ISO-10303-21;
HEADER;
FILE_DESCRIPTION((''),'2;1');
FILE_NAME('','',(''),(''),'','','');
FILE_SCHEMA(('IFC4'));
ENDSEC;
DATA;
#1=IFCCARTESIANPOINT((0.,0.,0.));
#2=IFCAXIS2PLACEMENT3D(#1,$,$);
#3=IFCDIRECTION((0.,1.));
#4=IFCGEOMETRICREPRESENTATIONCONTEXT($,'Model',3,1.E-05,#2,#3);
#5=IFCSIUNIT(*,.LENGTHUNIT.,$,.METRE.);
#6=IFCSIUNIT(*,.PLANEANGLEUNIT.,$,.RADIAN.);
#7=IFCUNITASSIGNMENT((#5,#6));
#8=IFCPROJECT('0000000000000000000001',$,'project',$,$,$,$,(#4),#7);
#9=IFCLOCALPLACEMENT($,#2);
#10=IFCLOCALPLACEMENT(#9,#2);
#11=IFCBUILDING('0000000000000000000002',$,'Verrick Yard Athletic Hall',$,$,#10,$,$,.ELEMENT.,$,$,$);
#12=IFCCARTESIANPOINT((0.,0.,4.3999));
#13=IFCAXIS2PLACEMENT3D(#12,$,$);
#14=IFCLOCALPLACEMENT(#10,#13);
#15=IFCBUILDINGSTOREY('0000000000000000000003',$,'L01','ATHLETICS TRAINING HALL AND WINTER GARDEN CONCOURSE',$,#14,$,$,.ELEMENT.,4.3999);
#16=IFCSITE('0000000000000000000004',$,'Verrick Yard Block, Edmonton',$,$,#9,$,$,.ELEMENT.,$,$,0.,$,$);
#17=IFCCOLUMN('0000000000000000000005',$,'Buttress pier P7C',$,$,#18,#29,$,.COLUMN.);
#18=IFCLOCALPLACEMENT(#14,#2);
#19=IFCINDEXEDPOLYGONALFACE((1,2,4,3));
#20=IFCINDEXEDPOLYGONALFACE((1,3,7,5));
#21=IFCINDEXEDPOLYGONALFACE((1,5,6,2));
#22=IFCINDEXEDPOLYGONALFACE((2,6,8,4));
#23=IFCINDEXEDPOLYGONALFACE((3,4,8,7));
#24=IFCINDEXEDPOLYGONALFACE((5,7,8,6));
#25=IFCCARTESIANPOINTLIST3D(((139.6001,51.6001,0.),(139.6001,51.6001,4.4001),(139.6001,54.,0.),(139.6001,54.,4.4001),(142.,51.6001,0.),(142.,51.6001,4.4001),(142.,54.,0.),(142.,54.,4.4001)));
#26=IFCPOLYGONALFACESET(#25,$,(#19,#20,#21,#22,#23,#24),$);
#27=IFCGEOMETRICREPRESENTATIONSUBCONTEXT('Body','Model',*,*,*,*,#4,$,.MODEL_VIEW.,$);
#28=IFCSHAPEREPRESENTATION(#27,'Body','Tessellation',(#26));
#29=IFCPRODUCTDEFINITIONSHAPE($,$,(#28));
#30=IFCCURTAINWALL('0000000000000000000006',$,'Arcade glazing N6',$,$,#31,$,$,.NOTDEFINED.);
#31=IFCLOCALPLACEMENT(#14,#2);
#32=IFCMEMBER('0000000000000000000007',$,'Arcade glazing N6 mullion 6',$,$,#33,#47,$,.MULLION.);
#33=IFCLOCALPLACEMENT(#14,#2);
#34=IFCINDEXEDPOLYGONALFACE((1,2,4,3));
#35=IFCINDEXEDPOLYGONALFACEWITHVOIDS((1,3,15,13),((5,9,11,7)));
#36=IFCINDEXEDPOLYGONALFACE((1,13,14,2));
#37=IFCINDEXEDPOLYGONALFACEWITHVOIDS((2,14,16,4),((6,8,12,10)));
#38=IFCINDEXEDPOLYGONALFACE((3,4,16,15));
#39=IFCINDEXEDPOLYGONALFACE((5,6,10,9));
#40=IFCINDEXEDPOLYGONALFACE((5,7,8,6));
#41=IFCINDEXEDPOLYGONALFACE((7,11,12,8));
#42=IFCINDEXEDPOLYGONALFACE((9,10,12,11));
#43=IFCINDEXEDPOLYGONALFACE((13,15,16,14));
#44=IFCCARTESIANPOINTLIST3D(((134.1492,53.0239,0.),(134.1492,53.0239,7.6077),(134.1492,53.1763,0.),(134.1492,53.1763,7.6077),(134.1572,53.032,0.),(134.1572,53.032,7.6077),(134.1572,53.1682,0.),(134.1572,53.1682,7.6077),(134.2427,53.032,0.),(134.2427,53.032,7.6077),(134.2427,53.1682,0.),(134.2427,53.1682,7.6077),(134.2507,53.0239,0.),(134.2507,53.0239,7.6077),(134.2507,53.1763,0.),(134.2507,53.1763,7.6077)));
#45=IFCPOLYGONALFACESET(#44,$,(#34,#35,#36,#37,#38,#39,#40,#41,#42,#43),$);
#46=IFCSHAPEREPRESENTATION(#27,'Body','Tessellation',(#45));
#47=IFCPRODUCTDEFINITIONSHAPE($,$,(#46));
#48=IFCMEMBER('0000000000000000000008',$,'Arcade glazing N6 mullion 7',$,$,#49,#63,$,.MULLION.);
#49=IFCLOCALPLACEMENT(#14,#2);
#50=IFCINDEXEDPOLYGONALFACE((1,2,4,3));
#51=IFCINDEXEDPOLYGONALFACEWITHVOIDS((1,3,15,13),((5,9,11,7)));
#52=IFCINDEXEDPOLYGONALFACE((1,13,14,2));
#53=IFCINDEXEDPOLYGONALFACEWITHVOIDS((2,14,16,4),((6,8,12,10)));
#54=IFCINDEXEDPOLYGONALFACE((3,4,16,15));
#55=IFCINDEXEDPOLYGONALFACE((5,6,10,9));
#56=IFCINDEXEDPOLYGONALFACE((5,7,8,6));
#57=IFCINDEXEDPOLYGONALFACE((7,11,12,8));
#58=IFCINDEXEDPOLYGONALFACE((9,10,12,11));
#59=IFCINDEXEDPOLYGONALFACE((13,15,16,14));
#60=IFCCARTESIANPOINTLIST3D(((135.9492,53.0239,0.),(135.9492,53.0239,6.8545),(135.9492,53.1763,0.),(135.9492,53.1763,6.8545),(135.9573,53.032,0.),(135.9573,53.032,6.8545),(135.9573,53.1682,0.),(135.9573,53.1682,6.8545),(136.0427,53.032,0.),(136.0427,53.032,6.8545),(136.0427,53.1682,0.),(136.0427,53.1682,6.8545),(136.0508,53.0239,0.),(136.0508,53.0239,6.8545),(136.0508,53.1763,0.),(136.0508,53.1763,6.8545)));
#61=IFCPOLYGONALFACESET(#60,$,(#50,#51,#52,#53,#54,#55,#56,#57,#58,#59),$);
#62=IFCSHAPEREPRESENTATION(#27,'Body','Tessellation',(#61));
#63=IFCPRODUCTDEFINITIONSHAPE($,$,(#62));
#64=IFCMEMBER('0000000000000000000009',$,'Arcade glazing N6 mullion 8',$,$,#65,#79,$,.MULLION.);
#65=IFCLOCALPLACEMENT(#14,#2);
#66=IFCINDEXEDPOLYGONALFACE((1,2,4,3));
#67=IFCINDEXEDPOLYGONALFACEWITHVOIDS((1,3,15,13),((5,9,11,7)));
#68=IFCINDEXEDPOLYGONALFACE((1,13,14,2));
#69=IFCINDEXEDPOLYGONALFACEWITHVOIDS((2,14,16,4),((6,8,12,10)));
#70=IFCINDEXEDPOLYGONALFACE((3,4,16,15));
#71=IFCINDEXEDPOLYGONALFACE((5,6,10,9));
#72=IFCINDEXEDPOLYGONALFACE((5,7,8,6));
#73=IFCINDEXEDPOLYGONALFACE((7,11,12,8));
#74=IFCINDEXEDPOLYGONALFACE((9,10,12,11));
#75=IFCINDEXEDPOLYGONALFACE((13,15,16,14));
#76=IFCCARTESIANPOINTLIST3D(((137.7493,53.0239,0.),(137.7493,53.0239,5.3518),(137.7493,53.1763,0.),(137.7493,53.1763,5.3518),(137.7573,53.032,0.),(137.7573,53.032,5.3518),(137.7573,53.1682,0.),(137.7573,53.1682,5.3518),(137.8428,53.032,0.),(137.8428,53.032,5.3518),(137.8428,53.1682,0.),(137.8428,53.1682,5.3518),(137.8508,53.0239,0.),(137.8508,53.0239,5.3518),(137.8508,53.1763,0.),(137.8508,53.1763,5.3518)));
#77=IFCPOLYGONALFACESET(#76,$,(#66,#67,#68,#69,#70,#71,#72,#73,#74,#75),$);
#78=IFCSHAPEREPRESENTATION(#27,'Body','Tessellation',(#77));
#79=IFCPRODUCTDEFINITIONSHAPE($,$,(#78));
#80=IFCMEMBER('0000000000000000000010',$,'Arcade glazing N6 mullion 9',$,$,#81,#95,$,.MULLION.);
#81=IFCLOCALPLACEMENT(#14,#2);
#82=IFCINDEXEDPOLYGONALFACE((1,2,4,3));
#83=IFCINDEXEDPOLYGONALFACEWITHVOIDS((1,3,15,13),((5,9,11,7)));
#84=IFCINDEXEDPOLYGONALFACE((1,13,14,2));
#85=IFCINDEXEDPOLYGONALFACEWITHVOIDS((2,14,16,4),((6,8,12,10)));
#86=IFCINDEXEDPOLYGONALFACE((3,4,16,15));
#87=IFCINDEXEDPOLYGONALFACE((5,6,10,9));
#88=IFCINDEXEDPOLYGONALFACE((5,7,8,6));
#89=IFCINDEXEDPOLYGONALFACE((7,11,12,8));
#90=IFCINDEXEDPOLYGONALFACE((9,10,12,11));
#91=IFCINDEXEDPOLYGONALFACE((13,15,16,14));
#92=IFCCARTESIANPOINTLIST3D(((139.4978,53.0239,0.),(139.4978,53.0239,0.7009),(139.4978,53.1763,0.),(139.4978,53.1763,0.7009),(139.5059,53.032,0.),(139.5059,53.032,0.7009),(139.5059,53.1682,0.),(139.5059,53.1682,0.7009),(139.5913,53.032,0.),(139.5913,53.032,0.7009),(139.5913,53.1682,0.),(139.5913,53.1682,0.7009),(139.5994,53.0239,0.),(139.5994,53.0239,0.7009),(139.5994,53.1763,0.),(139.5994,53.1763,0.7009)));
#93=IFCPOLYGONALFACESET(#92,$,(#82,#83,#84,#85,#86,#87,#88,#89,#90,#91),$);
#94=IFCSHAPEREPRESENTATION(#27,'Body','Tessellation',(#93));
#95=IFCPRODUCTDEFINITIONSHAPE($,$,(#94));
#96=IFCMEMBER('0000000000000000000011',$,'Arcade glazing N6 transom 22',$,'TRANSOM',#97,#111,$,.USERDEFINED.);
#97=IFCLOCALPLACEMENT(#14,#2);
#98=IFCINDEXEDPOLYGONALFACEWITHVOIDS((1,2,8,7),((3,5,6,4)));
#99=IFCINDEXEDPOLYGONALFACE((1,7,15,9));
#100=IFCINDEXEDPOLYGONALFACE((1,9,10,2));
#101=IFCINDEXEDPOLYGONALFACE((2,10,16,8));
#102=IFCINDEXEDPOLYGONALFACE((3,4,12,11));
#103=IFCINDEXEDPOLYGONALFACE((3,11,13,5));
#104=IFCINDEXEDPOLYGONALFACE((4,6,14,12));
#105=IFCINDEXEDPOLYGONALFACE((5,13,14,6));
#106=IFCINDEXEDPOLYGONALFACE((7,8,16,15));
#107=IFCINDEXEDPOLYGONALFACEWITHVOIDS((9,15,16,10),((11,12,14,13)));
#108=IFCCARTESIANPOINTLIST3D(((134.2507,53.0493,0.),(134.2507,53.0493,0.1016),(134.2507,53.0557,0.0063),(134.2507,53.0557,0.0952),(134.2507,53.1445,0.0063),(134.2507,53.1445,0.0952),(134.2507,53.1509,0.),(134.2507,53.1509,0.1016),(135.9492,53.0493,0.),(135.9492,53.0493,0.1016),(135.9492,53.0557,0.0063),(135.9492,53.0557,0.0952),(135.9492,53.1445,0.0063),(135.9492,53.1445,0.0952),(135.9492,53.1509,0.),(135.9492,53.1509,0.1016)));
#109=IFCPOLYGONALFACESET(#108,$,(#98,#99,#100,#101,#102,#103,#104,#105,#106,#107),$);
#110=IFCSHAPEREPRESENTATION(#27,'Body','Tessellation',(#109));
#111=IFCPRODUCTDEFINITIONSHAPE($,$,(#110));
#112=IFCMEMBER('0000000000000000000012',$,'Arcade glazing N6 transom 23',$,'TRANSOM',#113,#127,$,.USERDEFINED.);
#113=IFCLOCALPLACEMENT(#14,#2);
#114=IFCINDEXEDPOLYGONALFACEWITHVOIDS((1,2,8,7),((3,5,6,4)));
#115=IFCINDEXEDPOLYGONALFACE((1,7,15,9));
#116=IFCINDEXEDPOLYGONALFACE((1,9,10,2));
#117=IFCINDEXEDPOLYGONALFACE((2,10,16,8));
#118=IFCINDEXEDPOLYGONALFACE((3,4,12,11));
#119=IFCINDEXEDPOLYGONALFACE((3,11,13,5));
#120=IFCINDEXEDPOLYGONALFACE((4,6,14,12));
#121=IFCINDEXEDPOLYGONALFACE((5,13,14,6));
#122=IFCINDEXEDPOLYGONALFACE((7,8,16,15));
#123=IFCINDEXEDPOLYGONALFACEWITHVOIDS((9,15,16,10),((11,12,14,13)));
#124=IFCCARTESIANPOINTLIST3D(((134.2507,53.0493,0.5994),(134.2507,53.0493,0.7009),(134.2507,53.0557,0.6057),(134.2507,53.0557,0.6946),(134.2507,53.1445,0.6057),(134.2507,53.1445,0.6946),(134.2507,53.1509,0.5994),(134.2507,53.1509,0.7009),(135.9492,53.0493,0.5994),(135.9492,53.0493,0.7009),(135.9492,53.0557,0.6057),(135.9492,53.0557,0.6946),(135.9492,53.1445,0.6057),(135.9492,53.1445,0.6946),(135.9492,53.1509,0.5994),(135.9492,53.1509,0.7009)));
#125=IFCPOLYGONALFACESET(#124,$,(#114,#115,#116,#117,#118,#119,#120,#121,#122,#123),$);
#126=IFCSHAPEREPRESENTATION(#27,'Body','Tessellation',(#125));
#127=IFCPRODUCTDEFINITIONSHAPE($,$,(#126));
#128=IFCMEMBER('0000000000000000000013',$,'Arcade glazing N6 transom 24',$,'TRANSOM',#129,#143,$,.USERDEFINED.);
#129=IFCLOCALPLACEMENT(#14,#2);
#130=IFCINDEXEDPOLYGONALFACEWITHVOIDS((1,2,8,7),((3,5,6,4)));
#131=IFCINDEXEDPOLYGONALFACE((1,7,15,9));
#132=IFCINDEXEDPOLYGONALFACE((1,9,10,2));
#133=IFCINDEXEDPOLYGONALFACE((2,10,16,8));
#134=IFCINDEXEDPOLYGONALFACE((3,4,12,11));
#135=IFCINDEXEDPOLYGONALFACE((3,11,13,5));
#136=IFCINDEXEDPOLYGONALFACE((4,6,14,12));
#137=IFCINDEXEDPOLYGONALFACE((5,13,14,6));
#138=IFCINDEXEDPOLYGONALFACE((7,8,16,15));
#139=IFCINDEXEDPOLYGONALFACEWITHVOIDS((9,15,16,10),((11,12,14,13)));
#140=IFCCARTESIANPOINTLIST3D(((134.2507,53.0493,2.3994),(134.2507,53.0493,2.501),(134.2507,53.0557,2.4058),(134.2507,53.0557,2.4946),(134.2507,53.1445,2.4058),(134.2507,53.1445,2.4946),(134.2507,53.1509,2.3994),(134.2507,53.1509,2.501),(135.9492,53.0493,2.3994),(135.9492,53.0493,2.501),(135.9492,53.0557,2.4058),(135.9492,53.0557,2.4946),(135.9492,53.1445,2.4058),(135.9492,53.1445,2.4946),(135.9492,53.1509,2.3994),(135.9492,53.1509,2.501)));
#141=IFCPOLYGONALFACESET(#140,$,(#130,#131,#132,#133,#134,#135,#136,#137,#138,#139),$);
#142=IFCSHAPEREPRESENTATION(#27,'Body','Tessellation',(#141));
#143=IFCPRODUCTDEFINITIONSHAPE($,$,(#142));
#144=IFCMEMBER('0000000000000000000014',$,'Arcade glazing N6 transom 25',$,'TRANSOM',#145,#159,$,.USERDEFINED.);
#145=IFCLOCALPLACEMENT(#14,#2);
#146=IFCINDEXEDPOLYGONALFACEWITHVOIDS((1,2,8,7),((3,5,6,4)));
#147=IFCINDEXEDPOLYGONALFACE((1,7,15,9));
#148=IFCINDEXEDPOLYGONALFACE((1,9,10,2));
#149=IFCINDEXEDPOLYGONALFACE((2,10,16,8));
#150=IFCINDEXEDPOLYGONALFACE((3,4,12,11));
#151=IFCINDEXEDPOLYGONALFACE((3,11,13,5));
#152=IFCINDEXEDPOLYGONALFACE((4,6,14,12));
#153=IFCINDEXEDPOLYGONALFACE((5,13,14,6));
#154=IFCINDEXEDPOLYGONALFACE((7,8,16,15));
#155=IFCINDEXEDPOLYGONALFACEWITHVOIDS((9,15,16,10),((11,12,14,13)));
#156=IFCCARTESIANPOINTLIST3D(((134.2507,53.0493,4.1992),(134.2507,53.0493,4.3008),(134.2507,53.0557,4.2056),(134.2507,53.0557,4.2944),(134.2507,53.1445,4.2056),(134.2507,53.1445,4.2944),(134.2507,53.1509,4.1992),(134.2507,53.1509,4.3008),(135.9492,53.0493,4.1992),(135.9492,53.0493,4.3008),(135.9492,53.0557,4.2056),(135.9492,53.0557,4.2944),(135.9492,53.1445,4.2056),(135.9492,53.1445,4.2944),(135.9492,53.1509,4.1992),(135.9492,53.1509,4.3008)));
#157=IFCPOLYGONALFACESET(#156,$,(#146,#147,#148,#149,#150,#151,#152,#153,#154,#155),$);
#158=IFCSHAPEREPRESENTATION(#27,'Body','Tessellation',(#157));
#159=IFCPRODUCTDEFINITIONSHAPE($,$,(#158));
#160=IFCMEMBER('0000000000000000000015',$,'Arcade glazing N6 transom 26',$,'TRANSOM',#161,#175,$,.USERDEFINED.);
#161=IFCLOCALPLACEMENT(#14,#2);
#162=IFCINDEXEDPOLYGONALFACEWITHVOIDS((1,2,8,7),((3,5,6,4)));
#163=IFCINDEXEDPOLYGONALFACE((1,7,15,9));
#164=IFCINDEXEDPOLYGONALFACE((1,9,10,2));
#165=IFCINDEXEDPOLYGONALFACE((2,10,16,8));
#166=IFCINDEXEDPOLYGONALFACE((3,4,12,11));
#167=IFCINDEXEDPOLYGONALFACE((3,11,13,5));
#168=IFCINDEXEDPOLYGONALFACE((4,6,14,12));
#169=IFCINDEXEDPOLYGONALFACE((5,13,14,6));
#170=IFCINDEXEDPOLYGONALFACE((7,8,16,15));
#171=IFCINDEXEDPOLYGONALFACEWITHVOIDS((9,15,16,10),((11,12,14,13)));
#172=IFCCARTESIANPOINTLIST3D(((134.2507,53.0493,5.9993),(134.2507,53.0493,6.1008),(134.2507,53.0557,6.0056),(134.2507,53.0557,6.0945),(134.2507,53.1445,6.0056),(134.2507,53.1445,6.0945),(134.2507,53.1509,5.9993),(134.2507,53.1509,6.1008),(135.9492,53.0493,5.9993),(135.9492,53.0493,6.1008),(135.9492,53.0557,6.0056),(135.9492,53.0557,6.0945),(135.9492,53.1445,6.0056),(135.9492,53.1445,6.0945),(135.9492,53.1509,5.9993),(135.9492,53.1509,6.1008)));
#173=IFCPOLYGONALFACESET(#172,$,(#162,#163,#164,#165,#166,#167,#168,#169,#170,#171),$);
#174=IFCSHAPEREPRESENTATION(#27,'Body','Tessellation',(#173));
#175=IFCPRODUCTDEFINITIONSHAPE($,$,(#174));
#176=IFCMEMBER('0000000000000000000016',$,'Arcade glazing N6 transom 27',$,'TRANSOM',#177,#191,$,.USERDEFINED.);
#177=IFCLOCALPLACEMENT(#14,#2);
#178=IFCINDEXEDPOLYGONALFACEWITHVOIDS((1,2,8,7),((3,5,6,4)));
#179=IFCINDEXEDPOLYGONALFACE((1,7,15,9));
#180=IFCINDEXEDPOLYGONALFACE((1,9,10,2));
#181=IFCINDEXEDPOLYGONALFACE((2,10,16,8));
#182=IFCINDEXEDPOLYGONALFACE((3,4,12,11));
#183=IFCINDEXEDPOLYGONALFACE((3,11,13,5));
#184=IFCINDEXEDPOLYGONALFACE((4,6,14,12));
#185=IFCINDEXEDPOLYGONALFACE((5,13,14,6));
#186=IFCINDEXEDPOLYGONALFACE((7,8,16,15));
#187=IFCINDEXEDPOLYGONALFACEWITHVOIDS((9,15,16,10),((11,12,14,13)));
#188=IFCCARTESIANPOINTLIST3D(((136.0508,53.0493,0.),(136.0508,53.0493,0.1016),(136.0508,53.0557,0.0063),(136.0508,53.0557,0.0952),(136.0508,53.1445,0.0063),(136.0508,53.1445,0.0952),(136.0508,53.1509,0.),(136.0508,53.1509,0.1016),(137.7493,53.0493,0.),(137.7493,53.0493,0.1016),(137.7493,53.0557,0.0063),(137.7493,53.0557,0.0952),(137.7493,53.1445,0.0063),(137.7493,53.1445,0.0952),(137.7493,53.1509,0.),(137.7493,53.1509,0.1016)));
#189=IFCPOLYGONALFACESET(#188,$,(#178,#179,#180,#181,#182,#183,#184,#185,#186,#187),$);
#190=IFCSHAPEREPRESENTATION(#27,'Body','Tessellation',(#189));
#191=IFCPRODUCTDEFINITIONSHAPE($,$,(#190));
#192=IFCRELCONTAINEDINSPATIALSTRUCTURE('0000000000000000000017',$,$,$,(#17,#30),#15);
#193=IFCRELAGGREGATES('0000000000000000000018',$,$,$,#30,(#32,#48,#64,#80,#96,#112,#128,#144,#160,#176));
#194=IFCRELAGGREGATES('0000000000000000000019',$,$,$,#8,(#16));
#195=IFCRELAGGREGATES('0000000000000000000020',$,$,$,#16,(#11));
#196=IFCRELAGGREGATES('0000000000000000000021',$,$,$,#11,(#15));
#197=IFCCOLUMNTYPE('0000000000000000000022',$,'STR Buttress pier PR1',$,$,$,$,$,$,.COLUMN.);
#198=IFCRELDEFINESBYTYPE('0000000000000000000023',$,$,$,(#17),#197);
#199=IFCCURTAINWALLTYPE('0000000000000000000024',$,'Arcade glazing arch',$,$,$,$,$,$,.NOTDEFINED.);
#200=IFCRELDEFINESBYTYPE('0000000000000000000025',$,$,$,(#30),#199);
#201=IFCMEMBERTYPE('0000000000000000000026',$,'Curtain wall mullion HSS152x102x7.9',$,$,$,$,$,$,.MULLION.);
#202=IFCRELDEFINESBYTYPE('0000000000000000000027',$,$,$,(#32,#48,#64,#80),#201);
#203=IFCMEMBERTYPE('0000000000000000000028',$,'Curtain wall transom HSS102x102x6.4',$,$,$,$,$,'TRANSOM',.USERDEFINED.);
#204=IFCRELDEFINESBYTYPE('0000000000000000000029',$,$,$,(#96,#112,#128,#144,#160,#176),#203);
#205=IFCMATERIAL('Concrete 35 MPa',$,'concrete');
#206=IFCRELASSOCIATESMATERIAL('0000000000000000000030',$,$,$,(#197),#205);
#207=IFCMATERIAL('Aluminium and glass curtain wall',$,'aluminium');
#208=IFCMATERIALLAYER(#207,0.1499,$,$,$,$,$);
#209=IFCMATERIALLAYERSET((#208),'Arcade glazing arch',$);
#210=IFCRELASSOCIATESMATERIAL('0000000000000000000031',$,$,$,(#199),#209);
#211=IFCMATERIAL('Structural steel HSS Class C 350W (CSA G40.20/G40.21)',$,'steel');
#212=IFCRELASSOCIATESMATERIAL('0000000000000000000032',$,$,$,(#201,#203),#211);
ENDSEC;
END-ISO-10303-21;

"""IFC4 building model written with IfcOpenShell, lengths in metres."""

from ifc_helpers import new_model, si_unit, direction, frame, origin, origin_2d, place, context, subcontext, project, spatial, rectangle, hollow_rectangle, extrude, material, layer, layer_set, material_profile, profile_set, type_object, element, aggregate, save


model = new_model("IFC4")

# Units and contexts
model_context = context("Model", 3, precision=1e-05, world=origin(), true_north=direction((0.0, 1.0)))
body_context = subcontext(model_context, "Body", "Model", "MODEL_VIEW")
ifc_project = project(units=[si_unit("LENGTHUNIT", "METRE"), si_unit("PLANEANGLEUNIT", "RADIAN")], contexts=[model_context])

# Site, building, storey
site_placement = place(None, origin())
site = spatial("IfcSite", under=ifc_project, at=site_placement, Name="Verrick Yard Block, Edmonton", CompositionType="ELEMENT", RefElevation=0.0)
building_placement = place(site_placement, origin())
building = spatial("IfcBuilding", under=site, at=building_placement, Name="Verrick Yard Athletic Hall", CompositionType="ELEMENT")
storey_placement = place(building_placement, frame((0.0, 0.0, 4.3999)))
storey = spatial("IfcBuildingStorey", under=building, at=storey_placement, Name="L01", Description="ATHLETICS TRAINING HALL AND WINTER GARDEN CONCOURSE", CompositionType="ELEMENT", Elevation=4.3999)

# Column
ifc_material_1 = material(Name="Concrete 35 MPa", Category="concrete")
ifc_material_profile_1 = material_profile(ifc_material_1, rectangle(XDim=2.3999, YDim=2.3999, at=origin_2d()), Name="STR Buttress pier PR1")
ifc_profile_set_1 = profile_set([ifc_material_profile_1], Name="Concrete 35 MPa")
column_type = type_object("IfcColumnType", Name="STR Buttress pier PR1", PredefinedType="COLUMN", material=ifc_profile_set_1)
column_placement = place(storey_placement, frame((140.8, 52.8, 0.0), z_axis=(0.0, 0.0, 1.0), x_axis=(1.0, 0.0, 0.0)))
element("IfcColumn", 1, at=column_placement, inside=storey, type_object=column_type, Name="Buttress pier P7C", PredefinedType="COLUMN", context=body_context, shape_type="SweptSolid", body=[
    extrude(rectangle(XDim=2.3999, YDim=2.3999, at=origin_2d()), origin(), (0.0, 0.0, 1.0), 4.4001),
])

# Curtain wall, members
ifc_material_2 = material(Name="Aluminium and glass curtain wall", Category="aluminium")
ifc_layer_1 = layer(ifc_material_2, 0.1499)
ifc_layer_set_1 = layer_set([ifc_layer_1], Name="Arcade glazing arch")
curtain_wall_type = type_object("IfcCurtainWallType", Name="Arcade glazing arch", PredefinedType="NOTDEFINED", material=ifc_layer_set_1)
curtain_wall_1_placement = place(storey_placement, origin())
curtain_wall_1 = element("IfcCurtainWall", 2, at=curtain_wall_1_placement, inside=storey, type_object=curtain_wall_type, Name="Arcade glazing N6", PredefinedType="NOTDEFINED")
ifc_material_3 = material(Name="Structural steel HSS Class C 350W (CSA G40.20/G40.21)", Category="steel")
ifc_material_profile_2 = material_profile(ifc_material_3, hollow_rectangle(XDim=0.1016, YDim=0.1523, WallThickness=0.0081, at=origin_2d()), Name="HSS152x102x7.9")
ifc_profile_set_2 = profile_set([ifc_material_profile_2], Name="Structural steel HSS Class C 350W (CSA G40.20/G40.21)")
member_type_1 = type_object("IfcMemberType", Name="Curtain wall mullion HSS152x102x7.9", PredefinedType="MULLION", material=ifc_profile_set_2)
member_1_placement = place(storey_placement, frame((134.2, 53.1001, 0.0), z_axis=(0.0, 0.0, 1.0), x_axis=(1.0, 0.0, 0.0)))
member_1 = element("IfcMember", 3, at=member_1_placement, type_object=member_type_1, Name="Arcade glazing N6 mullion 6", PredefinedType="MULLION", context=body_context, shape_type="SweptSolid", body=[
    extrude(hollow_rectangle(XDim=0.1016, YDim=0.1523, WallThickness=0.0081, at=origin_2d()), origin(), (0.0, 0.0, 1.0), 7.6077),
])
member_2_placement = place(storey_placement, frame((136.0, 53.1001, 0.0), z_axis=(0.0, 0.0, 1.0), x_axis=(1.0, 0.0, 0.0)))
member_2 = element("IfcMember", 4, at=member_2_placement, type_object=member_type_1, Name="Arcade glazing N6 mullion 7", PredefinedType="MULLION", context=body_context, shape_type="SweptSolid", body=[
    extrude(hollow_rectangle(XDim=0.1016, YDim=0.1523, WallThickness=0.0081, at=origin_2d()), origin(), (0.0, 0.0, 1.0), 6.8545),
])
member_3_placement = place(storey_placement, frame((137.8, 53.1001, 0.0), z_axis=(0.0, 0.0, 1.0), x_axis=(1.0, 0.0, 0.0)))
member_3 = element("IfcMember", 5, at=member_3_placement, type_object=member_type_1, Name="Arcade glazing N6 mullion 8", PredefinedType="MULLION", context=body_context, shape_type="SweptSolid", body=[
    extrude(hollow_rectangle(XDim=0.1016, YDim=0.1523, WallThickness=0.0081, at=origin_2d()), origin(), (0.0, 0.0, 1.0), 5.3518),
])
member_4_placement = place(storey_placement, frame((139.5486, 53.1001, 0.0), z_axis=(0.0, 0.0, 1.0), x_axis=(1.0, 0.0, 0.0)))
member_4 = element("IfcMember", 6, at=member_4_placement, type_object=member_type_1, Name="Arcade glazing N6 mullion 9", PredefinedType="MULLION", context=body_context, shape_type="SweptSolid", body=[
    extrude(hollow_rectangle(XDim=0.1016, YDim=0.1523, WallThickness=0.0081, at=origin_2d()), origin(), (0.0, 0.0, 1.0), 0.7009),
])
ifc_material_profile_3 = material_profile(ifc_material_3, hollow_rectangle(XDim=0.1016, YDim=0.1016, WallThickness=0.0063, at=origin_2d()), Name="HSS102x102x6.4")
ifc_profile_set_3 = profile_set([ifc_material_profile_3], Name="Structural steel HSS Class C 350W (CSA G40.20/G40.21)")
member_type_2 = type_object("IfcMemberType", Name="Curtain wall transom HSS102x102x6.4", ElementType="TRANSOM", PredefinedType="USERDEFINED", material=ifc_profile_set_3)
member_5_placement = place(storey_placement, frame((134.2507, 53.1001, 0.0508), z_axis=(1.0, 0.0, 0.0), x_axis=(0.0, 1.0, 0.0)))
member_5 = element("IfcMember", 7, at=member_5_placement, type_object=member_type_2, Name="Arcade glazing N6 transom 22", ObjectType="TRANSOM", PredefinedType="USERDEFINED", context=body_context, shape_type="SweptSolid", body=[
    extrude(hollow_rectangle(XDim=0.1016, YDim=0.1016, WallThickness=0.0063, at=origin_2d()), origin(), (0.0, 0.0, 1.0), 1.6985),
])
member_6_placement = place(storey_placement, frame((134.2507, 53.1001, 0.6501), z_axis=(1.0, 0.0, 0.0), x_axis=(0.0, 1.0, 0.0)))
member_6 = element("IfcMember", 8, at=member_6_placement, type_object=member_type_2, Name="Arcade glazing N6 transom 23", ObjectType="TRANSOM", PredefinedType="USERDEFINED", context=body_context, shape_type="SweptSolid", body=[
    extrude(hollow_rectangle(XDim=0.1016, YDim=0.1016, WallThickness=0.0063, at=origin_2d()), origin(), (0.0, 0.0, 1.0), 1.6985),
])
member_7_placement = place(storey_placement, frame((134.2507, 53.1001, 2.4502), z_axis=(1.0, 0.0, 0.0), x_axis=(0.0, 1.0, 0.0)))
member_7 = element("IfcMember", 9, at=member_7_placement, type_object=member_type_2, Name="Arcade glazing N6 transom 24", ObjectType="TRANSOM", PredefinedType="USERDEFINED", context=body_context, shape_type="SweptSolid", body=[
    extrude(hollow_rectangle(XDim=0.1016, YDim=0.1016, WallThickness=0.0063, at=origin_2d()), origin(), (0.0, 0.0, 1.0), 1.6985),
])
member_8_placement = place(storey_placement, frame((134.2507, 53.1001, 4.25), z_axis=(1.0, 0.0, 0.0), x_axis=(0.0, 1.0, 0.0)))
member_8 = element("IfcMember", 10, at=member_8_placement, type_object=member_type_2, Name="Arcade glazing N6 transom 25", ObjectType="TRANSOM", PredefinedType="USERDEFINED", context=body_context, shape_type="SweptSolid", body=[
    extrude(hollow_rectangle(XDim=0.1016, YDim=0.1016, WallThickness=0.0063, at=origin_2d()), origin(), (0.0, 0.0, 1.0), 1.6985),
])
member_9_placement = place(storey_placement, frame((134.2507, 53.1001, 6.05), z_axis=(1.0, 0.0, 0.0), x_axis=(0.0, 1.0, 0.0)))
member_9 = element("IfcMember", 11, at=member_9_placement, type_object=member_type_2, Name="Arcade glazing N6 transom 26", ObjectType="TRANSOM", PredefinedType="USERDEFINED", context=body_context, shape_type="SweptSolid", body=[
    extrude(hollow_rectangle(XDim=0.1016, YDim=0.1016, WallThickness=0.0063, at=origin_2d()), origin(), (0.0, 0.0, 1.0), 1.6985),
])
member_10_placement = place(storey_placement, frame((136.0508, 53.1001, 0.0508), z_axis=(1.0, 0.0, 0.0), x_axis=(0.0, 1.0, 0.0)))
member_10 = element("IfcMember", 12, at=member_10_placement, type_object=member_type_2, Name="Arcade glazing N6 transom 27", ObjectType="TRANSOM", PredefinedType="USERDEFINED", context=body_context, shape_type="SweptSolid", body=[
    extrude(hollow_rectangle(XDim=0.1016, YDim=0.1016, WallThickness=0.0063, at=origin_2d()), origin(), (0.0, 0.0, 1.0), 1.6985),
])
aggregate(curtain_wall_1, [member_1, member_2, member_3, member_4, member_5, member_6, member_7, member_8, member_9, member_10])

save(model, "model.ifc")
